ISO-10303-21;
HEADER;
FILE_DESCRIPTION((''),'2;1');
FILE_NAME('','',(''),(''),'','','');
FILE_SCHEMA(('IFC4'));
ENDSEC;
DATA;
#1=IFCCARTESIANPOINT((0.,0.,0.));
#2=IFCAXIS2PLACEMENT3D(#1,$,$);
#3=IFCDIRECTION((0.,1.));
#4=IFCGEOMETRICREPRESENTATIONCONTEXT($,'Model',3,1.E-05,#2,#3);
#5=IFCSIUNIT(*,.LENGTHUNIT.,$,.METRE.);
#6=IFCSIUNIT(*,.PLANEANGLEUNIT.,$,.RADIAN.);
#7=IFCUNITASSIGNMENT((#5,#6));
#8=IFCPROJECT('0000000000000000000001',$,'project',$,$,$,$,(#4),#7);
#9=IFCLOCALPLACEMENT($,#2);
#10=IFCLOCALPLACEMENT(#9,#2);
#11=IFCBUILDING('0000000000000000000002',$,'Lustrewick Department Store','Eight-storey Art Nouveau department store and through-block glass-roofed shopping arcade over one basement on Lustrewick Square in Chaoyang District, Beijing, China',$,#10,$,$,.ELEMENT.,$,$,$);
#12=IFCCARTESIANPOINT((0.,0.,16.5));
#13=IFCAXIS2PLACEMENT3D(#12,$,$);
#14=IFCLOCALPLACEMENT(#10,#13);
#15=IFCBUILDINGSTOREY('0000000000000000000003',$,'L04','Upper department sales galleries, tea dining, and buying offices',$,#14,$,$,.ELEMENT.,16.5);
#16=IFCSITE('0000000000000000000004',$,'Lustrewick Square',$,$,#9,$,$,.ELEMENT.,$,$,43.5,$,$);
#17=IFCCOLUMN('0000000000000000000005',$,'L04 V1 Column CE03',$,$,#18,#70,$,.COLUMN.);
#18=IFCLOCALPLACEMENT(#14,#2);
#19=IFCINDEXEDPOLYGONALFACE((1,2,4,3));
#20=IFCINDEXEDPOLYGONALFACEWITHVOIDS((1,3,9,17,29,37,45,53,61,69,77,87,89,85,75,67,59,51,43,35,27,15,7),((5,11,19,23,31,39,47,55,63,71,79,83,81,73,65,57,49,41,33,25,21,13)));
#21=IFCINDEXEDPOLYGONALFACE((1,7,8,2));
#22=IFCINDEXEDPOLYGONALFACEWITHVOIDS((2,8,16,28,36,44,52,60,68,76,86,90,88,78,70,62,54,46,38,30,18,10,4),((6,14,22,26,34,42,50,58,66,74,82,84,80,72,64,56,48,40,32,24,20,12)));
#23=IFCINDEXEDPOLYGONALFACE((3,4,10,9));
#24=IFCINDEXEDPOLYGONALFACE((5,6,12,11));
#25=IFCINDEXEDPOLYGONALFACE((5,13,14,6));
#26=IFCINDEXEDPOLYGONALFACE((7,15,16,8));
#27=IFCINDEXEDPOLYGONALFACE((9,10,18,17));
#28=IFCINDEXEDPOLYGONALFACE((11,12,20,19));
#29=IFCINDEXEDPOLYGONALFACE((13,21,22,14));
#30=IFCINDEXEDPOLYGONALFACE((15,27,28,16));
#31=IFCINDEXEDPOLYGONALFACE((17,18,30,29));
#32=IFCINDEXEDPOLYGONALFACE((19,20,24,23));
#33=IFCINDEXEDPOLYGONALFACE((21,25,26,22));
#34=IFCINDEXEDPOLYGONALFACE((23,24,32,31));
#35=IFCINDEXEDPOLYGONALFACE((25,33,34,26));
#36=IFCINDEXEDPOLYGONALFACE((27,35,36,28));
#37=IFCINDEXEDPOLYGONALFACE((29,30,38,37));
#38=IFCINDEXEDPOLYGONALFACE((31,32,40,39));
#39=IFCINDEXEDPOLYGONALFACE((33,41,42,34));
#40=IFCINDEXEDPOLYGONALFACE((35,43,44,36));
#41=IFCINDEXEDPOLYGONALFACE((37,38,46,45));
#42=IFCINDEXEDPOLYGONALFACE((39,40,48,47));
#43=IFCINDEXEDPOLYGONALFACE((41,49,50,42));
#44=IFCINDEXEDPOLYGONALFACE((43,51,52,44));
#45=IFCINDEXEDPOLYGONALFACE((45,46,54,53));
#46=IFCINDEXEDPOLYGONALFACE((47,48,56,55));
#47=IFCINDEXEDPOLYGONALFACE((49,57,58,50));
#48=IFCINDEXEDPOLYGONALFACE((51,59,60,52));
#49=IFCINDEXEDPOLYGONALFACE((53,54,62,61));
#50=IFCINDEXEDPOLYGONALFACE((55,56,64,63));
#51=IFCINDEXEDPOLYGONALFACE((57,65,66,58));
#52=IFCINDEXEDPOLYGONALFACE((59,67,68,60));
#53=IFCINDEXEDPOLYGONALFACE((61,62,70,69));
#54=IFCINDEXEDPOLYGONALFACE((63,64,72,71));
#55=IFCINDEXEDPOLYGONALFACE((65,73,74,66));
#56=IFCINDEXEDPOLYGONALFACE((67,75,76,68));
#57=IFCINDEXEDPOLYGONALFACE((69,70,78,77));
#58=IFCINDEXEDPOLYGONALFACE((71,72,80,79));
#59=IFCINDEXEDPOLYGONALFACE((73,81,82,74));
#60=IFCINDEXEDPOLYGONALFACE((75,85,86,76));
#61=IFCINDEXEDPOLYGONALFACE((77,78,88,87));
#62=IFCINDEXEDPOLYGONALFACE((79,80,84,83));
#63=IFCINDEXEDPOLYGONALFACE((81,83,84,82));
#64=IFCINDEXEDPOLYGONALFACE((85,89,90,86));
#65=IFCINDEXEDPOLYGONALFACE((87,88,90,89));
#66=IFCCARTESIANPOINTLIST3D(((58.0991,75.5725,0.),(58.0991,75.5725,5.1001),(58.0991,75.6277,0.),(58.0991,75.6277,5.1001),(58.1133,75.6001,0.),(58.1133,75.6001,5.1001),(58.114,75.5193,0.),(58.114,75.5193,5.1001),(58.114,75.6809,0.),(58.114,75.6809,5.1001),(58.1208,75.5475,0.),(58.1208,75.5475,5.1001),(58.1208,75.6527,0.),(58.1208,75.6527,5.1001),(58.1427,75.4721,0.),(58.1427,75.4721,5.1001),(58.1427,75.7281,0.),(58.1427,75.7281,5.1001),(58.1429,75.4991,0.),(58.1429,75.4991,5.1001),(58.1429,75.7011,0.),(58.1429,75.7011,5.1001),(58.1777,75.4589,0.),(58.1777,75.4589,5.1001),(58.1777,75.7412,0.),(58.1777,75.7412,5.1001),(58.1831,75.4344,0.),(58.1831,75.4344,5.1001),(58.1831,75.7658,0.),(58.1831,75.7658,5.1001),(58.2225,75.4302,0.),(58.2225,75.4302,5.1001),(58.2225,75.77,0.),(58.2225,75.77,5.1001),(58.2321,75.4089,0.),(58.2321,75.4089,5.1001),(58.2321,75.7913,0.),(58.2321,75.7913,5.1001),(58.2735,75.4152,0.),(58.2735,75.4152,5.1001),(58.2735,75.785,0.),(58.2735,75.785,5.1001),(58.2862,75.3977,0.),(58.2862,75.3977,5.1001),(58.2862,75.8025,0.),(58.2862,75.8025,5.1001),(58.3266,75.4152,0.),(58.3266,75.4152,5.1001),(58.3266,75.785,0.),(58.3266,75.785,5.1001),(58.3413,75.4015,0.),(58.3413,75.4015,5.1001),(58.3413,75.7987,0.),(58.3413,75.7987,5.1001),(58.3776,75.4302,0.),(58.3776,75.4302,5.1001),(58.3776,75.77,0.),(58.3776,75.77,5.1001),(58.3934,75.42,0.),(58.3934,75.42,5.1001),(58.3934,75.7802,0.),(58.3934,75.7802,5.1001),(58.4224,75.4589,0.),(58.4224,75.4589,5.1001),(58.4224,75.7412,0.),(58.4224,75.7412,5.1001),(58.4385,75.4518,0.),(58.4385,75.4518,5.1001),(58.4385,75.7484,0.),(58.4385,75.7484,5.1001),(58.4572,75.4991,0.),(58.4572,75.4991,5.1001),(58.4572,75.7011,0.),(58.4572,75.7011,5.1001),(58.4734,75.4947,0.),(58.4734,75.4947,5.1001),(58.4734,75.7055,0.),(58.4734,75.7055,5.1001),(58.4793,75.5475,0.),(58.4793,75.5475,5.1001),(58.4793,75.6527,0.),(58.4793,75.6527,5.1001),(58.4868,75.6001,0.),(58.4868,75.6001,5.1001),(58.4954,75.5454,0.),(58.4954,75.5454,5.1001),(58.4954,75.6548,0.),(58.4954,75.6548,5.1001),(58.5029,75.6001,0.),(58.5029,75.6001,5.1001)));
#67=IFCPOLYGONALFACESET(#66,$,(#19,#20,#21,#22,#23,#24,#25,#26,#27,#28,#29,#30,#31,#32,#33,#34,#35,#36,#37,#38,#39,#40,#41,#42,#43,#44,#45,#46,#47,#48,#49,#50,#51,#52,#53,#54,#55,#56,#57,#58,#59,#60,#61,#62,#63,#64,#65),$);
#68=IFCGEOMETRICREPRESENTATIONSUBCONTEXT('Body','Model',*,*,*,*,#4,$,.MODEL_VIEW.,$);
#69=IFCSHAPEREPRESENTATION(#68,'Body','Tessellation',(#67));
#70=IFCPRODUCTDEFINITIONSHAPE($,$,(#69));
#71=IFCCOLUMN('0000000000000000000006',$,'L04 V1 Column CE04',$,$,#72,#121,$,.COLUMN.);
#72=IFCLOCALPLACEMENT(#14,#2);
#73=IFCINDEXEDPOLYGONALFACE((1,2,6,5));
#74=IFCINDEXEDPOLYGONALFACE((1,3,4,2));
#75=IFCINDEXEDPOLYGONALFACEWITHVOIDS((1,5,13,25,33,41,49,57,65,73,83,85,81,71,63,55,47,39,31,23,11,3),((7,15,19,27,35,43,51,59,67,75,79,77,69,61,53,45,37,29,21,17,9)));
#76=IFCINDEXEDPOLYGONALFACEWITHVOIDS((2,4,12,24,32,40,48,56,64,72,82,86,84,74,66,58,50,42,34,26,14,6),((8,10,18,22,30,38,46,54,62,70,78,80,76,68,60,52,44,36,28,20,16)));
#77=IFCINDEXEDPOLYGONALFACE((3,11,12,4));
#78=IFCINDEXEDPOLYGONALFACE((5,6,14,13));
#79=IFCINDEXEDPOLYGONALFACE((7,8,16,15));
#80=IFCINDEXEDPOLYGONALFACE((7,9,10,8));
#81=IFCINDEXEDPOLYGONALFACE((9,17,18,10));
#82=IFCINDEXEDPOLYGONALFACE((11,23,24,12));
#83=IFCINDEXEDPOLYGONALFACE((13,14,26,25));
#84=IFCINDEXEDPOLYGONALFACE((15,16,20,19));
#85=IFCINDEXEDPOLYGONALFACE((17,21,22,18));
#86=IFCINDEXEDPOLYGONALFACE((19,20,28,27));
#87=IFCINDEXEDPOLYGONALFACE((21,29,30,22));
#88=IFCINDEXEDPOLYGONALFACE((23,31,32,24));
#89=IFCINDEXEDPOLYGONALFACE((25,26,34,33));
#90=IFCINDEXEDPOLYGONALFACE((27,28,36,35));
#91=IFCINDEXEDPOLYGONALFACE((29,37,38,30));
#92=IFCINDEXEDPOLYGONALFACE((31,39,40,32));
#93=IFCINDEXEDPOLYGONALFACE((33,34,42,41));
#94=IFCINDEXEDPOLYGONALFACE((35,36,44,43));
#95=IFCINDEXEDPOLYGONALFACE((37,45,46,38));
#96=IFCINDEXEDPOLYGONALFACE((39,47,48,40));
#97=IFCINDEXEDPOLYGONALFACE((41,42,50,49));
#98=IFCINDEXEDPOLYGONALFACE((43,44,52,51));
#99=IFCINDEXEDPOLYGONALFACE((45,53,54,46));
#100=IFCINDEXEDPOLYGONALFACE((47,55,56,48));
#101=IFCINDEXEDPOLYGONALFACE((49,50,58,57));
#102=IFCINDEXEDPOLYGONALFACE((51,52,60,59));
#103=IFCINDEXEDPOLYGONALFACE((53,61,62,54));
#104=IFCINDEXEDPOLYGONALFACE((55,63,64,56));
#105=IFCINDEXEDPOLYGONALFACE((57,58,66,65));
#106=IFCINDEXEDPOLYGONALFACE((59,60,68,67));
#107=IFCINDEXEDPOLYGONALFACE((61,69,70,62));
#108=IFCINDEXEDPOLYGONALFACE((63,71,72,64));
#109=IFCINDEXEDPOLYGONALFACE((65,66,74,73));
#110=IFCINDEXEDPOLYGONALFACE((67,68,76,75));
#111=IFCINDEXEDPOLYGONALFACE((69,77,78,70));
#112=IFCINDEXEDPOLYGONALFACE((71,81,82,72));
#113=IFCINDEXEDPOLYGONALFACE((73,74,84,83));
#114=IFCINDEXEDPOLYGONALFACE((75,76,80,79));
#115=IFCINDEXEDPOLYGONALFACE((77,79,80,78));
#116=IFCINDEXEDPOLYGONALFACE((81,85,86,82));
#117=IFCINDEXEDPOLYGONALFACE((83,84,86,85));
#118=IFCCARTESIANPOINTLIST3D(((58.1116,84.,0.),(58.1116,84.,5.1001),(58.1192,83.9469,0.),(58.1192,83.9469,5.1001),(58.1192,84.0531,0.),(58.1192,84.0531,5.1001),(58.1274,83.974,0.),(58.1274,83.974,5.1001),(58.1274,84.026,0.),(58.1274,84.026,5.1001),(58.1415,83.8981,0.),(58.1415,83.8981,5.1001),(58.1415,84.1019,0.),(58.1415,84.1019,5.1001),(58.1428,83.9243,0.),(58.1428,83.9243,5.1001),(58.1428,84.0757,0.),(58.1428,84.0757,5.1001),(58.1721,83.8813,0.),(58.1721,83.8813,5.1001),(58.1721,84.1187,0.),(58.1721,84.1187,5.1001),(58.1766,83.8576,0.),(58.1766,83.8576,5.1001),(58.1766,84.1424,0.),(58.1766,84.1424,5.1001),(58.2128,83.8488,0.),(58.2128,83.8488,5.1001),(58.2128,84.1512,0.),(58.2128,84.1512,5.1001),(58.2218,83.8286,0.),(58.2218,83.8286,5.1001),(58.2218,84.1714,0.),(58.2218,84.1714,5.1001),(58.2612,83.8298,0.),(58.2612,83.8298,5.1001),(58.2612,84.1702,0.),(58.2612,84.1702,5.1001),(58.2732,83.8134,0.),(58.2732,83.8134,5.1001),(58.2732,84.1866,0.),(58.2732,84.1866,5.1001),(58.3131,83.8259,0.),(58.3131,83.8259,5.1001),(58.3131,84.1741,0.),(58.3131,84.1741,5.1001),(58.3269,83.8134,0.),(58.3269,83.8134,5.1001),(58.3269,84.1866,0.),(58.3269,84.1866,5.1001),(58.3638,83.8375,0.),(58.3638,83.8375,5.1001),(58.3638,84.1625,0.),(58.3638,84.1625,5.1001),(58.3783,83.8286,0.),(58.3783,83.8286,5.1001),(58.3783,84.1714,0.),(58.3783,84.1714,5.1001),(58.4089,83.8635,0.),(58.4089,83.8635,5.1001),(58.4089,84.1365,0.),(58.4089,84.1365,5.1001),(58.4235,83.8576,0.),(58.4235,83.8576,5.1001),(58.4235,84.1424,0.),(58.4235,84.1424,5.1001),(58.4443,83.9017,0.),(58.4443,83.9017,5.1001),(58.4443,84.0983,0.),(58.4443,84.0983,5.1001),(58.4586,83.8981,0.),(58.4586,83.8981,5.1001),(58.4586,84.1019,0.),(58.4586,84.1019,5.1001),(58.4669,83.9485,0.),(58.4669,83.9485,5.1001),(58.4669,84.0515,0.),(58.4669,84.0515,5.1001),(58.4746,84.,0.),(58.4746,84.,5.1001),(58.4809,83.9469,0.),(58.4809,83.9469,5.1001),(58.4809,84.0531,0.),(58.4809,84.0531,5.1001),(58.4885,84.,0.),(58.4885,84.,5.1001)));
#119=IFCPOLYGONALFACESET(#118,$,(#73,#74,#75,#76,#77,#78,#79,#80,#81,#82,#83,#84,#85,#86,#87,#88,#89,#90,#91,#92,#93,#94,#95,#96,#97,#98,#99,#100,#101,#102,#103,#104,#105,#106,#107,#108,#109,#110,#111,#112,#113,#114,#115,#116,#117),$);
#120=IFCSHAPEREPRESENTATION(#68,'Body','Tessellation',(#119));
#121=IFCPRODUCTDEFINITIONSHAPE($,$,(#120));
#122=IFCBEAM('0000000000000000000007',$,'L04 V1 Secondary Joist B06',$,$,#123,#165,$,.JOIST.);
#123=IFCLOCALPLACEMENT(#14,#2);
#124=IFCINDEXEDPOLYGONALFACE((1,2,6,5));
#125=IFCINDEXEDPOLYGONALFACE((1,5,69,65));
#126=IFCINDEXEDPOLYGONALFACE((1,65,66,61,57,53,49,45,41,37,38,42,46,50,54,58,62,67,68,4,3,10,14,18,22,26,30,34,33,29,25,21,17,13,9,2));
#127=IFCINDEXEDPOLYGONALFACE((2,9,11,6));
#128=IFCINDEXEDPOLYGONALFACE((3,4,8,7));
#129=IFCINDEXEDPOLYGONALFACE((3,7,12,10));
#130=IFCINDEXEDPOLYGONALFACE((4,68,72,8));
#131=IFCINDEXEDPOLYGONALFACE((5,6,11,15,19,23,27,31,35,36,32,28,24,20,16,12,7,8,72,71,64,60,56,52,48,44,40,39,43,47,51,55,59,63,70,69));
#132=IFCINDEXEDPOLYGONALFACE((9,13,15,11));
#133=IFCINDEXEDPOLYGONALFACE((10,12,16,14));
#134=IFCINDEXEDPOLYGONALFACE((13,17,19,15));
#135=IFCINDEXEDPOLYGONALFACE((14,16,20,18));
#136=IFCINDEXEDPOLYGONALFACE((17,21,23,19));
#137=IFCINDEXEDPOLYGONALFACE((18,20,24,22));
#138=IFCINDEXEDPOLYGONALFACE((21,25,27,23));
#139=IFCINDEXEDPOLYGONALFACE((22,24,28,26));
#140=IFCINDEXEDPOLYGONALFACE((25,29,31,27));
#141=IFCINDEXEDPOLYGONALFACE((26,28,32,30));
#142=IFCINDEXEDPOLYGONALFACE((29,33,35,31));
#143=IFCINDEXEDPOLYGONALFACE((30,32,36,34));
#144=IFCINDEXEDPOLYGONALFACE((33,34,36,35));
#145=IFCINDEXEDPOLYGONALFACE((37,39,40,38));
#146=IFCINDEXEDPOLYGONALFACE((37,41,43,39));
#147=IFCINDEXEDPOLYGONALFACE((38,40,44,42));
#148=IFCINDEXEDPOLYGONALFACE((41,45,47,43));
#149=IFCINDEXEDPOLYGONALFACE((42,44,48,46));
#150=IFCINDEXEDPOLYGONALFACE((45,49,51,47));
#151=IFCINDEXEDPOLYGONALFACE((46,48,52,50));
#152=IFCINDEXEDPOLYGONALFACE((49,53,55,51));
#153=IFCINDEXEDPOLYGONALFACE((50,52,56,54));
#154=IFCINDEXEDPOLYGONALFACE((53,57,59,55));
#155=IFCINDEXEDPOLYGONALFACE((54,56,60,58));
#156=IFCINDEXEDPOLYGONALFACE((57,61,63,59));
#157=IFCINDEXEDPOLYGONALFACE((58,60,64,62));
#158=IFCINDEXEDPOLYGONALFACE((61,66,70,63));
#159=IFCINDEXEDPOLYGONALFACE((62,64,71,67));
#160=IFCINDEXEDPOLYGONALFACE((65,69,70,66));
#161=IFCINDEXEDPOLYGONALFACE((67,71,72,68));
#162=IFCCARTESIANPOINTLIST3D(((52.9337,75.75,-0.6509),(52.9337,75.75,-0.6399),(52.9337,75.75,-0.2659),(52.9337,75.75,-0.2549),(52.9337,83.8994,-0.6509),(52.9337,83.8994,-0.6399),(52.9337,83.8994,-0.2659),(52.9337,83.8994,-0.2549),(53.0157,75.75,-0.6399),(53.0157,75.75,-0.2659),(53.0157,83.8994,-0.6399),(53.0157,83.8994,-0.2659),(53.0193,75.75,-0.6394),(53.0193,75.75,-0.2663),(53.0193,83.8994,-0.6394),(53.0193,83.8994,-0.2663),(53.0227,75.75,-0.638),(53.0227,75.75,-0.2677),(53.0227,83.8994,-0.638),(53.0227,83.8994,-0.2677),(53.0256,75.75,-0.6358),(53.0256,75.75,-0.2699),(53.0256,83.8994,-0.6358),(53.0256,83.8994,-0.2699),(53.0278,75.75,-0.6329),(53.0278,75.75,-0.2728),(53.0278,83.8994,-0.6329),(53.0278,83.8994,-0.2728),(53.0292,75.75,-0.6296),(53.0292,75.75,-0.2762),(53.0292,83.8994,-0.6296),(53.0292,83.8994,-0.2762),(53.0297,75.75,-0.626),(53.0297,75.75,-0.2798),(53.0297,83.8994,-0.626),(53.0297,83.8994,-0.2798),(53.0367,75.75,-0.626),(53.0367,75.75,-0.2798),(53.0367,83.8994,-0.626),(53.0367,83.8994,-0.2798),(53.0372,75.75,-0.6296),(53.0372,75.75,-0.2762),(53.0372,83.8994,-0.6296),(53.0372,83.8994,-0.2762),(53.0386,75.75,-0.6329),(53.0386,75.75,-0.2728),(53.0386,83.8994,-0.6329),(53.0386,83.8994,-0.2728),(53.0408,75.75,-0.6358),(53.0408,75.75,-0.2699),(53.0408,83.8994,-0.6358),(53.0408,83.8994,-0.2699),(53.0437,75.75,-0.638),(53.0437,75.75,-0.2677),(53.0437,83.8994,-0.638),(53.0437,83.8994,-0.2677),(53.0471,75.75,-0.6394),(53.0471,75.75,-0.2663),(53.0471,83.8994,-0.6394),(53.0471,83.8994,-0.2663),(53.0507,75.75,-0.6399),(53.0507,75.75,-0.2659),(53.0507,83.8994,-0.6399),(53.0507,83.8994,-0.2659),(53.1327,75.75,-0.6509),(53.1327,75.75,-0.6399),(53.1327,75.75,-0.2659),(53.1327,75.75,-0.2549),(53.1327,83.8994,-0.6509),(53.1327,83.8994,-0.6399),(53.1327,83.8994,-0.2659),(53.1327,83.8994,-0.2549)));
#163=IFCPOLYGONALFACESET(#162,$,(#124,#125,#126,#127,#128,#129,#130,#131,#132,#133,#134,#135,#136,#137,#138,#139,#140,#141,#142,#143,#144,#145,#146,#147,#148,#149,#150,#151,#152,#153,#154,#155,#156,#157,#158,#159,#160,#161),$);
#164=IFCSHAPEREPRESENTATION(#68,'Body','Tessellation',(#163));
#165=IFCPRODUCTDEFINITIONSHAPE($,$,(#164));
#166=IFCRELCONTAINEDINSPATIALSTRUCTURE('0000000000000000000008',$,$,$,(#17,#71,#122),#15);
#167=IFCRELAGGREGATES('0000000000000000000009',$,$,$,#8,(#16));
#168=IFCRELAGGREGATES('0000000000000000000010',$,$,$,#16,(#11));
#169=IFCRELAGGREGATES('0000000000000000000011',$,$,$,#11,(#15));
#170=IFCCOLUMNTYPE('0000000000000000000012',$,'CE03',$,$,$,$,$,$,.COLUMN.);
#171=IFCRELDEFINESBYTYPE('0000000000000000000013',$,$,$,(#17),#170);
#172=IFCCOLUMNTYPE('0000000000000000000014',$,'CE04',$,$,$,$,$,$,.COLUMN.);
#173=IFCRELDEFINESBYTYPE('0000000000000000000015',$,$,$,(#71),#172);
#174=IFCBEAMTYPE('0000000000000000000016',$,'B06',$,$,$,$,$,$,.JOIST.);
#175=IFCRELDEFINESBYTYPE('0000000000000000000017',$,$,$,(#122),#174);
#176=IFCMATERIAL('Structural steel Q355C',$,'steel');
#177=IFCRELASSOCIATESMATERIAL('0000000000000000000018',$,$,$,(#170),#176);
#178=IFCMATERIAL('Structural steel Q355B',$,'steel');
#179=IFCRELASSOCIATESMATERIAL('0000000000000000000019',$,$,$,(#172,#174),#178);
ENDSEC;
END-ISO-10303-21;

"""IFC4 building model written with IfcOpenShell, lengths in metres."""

from ifc_helpers import new_model, si_unit, direction, frame, origin, origin_2d, place, context, subcontext, project, spatial, hollow_circle, i_section, extrude, material, material_profile, profile_set, type_object, element, save


model = new_model("IFC4")

# Units and contexts
model_context = context("Model", 3, precision=1e-05, world=origin(), true_north=direction((0.0, 1.0)))
body_context = subcontext(model_context, "Body", "Model", "MODEL_VIEW")
ifc_project = project(units=[si_unit("LENGTHUNIT", "METRE"), si_unit("PLANEANGLEUNIT", "RADIAN")], contexts=[model_context])

# Site, building, storey
site_placement = place(None, origin())
site = spatial("IfcSite", under=ifc_project, at=site_placement, Name="Lustrewick Square", CompositionType="ELEMENT", RefElevation=43.5)
building_placement = place(site_placement, origin())
building = spatial("IfcBuilding", under=site, at=building_placement, Name="Lustrewick Department Store", Description="Eight-storey Art Nouveau department store and through-block glass-roofed shopping arcade over one basement on Lustrewick Square in Chaoyang District, Beijing, China", CompositionType="ELEMENT")
storey_placement = place(building_placement, frame((0.0, 0.0, 16.5)))
storey = spatial("IfcBuildingStorey", under=building, at=storey_placement, Name="L04", Description="Upper department sales galleries, tea dining, and buying offices", CompositionType="ELEMENT", Elevation=16.5)

# Columns
ifc_material_1 = material(Name="Structural steel Q355C", Category="steel")
ifc_material_profile_1 = material_profile(ifc_material_1, hollow_circle(Radius=0.2029, WallThickness=0.0161, at=origin_2d()), Name="CHS 406x16")
ifc_profile_set_1 = profile_set([ifc_material_profile_1], Name="Structural steel Q355C")
column_type_1 = type_object("IfcColumnType", Name="CE03", PredefinedType="COLUMN", material=ifc_profile_set_1)
column_1_placement = place(storey_placement, frame((58.3, 75.6001, 0.0), z_axis=(0.0, 0.0, 1.0), x_axis=(1.0, 0.0, 0.0)))
element("IfcColumn", 1, at=column_1_placement, inside=storey, type_object=column_type_1, Name="L04 V1 Column CE03", PredefinedType="COLUMN", context=body_context, shape_type="SweptSolid", body=[
    extrude(hollow_circle(Radius=0.2029, WallThickness=0.0161, at=origin_2d()), origin(), (0.0, 0.0, 1.0), 5.1001),
])
ifc_material_2 = material(Name="Structural steel Q355B", Category="steel")
ifc_material_profile_2 = material_profile(ifc_material_2, hollow_circle(Radius=0.1885, WallThickness=0.0139, at=origin_2d()), Name="CHS 377x14")
ifc_profile_set_2 = profile_set([ifc_material_profile_2], Name="Structural steel Q355B")
column_type_2 = type_object("IfcColumnType", Name="CE04", PredefinedType="COLUMN", material=ifc_profile_set_2)
column_2_placement = place(storey_placement, frame((58.3, 84.0, 0.0), z_axis=(0.0, 0.0, 1.0), x_axis=(1.0, 0.0, 0.0)))
element("IfcColumn", 2, at=column_2_placement, inside=storey, type_object=column_type_2, Name="L04 V1 Column CE04", PredefinedType="COLUMN", context=body_context, shape_type="SweptSolid", body=[
    extrude(hollow_circle(Radius=0.1885, WallThickness=0.0139, at=origin_2d()), origin(), (0.0, 0.0, 1.0), 5.1001),
])

# Beam
ifc_material_profile_3 = material_profile(ifc_material_2, i_section(OverallWidth=0.199, OverallDepth=0.396, WebThickness=0.0071, FlangeThickness=0.011, FilletRadius=0.0139, at=origin_2d()), Name="HN 396x199x7x11")
ifc_profile_set_3 = profile_set([ifc_material_profile_3], Name="Structural steel Q355B")
beam_type_1 = type_object("IfcBeamType", Name="B06", PredefinedType="JOIST", material=ifc_profile_set_3)
beam_1_placement = place(storey_placement, frame((53.0332, 75.75, -0.4529), z_axis=(0.0, 1.0, 0.0), x_axis=(-1.0, 0.0, 0.0)))
element("IfcBeam", 3, at=beam_1_placement, inside=storey, type_object=beam_type_1, Name="L04 V1 Secondary Joist B06", PredefinedType="JOIST", context=body_context, shape_type="SweptSolid", body=[
    extrude(i_section(OverallWidth=0.199, OverallDepth=0.396, WebThickness=0.0071, FlangeThickness=0.011, FilletRadius=0.0139, at=origin_2d()), origin(), (0.0, 0.0, 1.0), 8.1494),
])

save(model, "model.ifc")
